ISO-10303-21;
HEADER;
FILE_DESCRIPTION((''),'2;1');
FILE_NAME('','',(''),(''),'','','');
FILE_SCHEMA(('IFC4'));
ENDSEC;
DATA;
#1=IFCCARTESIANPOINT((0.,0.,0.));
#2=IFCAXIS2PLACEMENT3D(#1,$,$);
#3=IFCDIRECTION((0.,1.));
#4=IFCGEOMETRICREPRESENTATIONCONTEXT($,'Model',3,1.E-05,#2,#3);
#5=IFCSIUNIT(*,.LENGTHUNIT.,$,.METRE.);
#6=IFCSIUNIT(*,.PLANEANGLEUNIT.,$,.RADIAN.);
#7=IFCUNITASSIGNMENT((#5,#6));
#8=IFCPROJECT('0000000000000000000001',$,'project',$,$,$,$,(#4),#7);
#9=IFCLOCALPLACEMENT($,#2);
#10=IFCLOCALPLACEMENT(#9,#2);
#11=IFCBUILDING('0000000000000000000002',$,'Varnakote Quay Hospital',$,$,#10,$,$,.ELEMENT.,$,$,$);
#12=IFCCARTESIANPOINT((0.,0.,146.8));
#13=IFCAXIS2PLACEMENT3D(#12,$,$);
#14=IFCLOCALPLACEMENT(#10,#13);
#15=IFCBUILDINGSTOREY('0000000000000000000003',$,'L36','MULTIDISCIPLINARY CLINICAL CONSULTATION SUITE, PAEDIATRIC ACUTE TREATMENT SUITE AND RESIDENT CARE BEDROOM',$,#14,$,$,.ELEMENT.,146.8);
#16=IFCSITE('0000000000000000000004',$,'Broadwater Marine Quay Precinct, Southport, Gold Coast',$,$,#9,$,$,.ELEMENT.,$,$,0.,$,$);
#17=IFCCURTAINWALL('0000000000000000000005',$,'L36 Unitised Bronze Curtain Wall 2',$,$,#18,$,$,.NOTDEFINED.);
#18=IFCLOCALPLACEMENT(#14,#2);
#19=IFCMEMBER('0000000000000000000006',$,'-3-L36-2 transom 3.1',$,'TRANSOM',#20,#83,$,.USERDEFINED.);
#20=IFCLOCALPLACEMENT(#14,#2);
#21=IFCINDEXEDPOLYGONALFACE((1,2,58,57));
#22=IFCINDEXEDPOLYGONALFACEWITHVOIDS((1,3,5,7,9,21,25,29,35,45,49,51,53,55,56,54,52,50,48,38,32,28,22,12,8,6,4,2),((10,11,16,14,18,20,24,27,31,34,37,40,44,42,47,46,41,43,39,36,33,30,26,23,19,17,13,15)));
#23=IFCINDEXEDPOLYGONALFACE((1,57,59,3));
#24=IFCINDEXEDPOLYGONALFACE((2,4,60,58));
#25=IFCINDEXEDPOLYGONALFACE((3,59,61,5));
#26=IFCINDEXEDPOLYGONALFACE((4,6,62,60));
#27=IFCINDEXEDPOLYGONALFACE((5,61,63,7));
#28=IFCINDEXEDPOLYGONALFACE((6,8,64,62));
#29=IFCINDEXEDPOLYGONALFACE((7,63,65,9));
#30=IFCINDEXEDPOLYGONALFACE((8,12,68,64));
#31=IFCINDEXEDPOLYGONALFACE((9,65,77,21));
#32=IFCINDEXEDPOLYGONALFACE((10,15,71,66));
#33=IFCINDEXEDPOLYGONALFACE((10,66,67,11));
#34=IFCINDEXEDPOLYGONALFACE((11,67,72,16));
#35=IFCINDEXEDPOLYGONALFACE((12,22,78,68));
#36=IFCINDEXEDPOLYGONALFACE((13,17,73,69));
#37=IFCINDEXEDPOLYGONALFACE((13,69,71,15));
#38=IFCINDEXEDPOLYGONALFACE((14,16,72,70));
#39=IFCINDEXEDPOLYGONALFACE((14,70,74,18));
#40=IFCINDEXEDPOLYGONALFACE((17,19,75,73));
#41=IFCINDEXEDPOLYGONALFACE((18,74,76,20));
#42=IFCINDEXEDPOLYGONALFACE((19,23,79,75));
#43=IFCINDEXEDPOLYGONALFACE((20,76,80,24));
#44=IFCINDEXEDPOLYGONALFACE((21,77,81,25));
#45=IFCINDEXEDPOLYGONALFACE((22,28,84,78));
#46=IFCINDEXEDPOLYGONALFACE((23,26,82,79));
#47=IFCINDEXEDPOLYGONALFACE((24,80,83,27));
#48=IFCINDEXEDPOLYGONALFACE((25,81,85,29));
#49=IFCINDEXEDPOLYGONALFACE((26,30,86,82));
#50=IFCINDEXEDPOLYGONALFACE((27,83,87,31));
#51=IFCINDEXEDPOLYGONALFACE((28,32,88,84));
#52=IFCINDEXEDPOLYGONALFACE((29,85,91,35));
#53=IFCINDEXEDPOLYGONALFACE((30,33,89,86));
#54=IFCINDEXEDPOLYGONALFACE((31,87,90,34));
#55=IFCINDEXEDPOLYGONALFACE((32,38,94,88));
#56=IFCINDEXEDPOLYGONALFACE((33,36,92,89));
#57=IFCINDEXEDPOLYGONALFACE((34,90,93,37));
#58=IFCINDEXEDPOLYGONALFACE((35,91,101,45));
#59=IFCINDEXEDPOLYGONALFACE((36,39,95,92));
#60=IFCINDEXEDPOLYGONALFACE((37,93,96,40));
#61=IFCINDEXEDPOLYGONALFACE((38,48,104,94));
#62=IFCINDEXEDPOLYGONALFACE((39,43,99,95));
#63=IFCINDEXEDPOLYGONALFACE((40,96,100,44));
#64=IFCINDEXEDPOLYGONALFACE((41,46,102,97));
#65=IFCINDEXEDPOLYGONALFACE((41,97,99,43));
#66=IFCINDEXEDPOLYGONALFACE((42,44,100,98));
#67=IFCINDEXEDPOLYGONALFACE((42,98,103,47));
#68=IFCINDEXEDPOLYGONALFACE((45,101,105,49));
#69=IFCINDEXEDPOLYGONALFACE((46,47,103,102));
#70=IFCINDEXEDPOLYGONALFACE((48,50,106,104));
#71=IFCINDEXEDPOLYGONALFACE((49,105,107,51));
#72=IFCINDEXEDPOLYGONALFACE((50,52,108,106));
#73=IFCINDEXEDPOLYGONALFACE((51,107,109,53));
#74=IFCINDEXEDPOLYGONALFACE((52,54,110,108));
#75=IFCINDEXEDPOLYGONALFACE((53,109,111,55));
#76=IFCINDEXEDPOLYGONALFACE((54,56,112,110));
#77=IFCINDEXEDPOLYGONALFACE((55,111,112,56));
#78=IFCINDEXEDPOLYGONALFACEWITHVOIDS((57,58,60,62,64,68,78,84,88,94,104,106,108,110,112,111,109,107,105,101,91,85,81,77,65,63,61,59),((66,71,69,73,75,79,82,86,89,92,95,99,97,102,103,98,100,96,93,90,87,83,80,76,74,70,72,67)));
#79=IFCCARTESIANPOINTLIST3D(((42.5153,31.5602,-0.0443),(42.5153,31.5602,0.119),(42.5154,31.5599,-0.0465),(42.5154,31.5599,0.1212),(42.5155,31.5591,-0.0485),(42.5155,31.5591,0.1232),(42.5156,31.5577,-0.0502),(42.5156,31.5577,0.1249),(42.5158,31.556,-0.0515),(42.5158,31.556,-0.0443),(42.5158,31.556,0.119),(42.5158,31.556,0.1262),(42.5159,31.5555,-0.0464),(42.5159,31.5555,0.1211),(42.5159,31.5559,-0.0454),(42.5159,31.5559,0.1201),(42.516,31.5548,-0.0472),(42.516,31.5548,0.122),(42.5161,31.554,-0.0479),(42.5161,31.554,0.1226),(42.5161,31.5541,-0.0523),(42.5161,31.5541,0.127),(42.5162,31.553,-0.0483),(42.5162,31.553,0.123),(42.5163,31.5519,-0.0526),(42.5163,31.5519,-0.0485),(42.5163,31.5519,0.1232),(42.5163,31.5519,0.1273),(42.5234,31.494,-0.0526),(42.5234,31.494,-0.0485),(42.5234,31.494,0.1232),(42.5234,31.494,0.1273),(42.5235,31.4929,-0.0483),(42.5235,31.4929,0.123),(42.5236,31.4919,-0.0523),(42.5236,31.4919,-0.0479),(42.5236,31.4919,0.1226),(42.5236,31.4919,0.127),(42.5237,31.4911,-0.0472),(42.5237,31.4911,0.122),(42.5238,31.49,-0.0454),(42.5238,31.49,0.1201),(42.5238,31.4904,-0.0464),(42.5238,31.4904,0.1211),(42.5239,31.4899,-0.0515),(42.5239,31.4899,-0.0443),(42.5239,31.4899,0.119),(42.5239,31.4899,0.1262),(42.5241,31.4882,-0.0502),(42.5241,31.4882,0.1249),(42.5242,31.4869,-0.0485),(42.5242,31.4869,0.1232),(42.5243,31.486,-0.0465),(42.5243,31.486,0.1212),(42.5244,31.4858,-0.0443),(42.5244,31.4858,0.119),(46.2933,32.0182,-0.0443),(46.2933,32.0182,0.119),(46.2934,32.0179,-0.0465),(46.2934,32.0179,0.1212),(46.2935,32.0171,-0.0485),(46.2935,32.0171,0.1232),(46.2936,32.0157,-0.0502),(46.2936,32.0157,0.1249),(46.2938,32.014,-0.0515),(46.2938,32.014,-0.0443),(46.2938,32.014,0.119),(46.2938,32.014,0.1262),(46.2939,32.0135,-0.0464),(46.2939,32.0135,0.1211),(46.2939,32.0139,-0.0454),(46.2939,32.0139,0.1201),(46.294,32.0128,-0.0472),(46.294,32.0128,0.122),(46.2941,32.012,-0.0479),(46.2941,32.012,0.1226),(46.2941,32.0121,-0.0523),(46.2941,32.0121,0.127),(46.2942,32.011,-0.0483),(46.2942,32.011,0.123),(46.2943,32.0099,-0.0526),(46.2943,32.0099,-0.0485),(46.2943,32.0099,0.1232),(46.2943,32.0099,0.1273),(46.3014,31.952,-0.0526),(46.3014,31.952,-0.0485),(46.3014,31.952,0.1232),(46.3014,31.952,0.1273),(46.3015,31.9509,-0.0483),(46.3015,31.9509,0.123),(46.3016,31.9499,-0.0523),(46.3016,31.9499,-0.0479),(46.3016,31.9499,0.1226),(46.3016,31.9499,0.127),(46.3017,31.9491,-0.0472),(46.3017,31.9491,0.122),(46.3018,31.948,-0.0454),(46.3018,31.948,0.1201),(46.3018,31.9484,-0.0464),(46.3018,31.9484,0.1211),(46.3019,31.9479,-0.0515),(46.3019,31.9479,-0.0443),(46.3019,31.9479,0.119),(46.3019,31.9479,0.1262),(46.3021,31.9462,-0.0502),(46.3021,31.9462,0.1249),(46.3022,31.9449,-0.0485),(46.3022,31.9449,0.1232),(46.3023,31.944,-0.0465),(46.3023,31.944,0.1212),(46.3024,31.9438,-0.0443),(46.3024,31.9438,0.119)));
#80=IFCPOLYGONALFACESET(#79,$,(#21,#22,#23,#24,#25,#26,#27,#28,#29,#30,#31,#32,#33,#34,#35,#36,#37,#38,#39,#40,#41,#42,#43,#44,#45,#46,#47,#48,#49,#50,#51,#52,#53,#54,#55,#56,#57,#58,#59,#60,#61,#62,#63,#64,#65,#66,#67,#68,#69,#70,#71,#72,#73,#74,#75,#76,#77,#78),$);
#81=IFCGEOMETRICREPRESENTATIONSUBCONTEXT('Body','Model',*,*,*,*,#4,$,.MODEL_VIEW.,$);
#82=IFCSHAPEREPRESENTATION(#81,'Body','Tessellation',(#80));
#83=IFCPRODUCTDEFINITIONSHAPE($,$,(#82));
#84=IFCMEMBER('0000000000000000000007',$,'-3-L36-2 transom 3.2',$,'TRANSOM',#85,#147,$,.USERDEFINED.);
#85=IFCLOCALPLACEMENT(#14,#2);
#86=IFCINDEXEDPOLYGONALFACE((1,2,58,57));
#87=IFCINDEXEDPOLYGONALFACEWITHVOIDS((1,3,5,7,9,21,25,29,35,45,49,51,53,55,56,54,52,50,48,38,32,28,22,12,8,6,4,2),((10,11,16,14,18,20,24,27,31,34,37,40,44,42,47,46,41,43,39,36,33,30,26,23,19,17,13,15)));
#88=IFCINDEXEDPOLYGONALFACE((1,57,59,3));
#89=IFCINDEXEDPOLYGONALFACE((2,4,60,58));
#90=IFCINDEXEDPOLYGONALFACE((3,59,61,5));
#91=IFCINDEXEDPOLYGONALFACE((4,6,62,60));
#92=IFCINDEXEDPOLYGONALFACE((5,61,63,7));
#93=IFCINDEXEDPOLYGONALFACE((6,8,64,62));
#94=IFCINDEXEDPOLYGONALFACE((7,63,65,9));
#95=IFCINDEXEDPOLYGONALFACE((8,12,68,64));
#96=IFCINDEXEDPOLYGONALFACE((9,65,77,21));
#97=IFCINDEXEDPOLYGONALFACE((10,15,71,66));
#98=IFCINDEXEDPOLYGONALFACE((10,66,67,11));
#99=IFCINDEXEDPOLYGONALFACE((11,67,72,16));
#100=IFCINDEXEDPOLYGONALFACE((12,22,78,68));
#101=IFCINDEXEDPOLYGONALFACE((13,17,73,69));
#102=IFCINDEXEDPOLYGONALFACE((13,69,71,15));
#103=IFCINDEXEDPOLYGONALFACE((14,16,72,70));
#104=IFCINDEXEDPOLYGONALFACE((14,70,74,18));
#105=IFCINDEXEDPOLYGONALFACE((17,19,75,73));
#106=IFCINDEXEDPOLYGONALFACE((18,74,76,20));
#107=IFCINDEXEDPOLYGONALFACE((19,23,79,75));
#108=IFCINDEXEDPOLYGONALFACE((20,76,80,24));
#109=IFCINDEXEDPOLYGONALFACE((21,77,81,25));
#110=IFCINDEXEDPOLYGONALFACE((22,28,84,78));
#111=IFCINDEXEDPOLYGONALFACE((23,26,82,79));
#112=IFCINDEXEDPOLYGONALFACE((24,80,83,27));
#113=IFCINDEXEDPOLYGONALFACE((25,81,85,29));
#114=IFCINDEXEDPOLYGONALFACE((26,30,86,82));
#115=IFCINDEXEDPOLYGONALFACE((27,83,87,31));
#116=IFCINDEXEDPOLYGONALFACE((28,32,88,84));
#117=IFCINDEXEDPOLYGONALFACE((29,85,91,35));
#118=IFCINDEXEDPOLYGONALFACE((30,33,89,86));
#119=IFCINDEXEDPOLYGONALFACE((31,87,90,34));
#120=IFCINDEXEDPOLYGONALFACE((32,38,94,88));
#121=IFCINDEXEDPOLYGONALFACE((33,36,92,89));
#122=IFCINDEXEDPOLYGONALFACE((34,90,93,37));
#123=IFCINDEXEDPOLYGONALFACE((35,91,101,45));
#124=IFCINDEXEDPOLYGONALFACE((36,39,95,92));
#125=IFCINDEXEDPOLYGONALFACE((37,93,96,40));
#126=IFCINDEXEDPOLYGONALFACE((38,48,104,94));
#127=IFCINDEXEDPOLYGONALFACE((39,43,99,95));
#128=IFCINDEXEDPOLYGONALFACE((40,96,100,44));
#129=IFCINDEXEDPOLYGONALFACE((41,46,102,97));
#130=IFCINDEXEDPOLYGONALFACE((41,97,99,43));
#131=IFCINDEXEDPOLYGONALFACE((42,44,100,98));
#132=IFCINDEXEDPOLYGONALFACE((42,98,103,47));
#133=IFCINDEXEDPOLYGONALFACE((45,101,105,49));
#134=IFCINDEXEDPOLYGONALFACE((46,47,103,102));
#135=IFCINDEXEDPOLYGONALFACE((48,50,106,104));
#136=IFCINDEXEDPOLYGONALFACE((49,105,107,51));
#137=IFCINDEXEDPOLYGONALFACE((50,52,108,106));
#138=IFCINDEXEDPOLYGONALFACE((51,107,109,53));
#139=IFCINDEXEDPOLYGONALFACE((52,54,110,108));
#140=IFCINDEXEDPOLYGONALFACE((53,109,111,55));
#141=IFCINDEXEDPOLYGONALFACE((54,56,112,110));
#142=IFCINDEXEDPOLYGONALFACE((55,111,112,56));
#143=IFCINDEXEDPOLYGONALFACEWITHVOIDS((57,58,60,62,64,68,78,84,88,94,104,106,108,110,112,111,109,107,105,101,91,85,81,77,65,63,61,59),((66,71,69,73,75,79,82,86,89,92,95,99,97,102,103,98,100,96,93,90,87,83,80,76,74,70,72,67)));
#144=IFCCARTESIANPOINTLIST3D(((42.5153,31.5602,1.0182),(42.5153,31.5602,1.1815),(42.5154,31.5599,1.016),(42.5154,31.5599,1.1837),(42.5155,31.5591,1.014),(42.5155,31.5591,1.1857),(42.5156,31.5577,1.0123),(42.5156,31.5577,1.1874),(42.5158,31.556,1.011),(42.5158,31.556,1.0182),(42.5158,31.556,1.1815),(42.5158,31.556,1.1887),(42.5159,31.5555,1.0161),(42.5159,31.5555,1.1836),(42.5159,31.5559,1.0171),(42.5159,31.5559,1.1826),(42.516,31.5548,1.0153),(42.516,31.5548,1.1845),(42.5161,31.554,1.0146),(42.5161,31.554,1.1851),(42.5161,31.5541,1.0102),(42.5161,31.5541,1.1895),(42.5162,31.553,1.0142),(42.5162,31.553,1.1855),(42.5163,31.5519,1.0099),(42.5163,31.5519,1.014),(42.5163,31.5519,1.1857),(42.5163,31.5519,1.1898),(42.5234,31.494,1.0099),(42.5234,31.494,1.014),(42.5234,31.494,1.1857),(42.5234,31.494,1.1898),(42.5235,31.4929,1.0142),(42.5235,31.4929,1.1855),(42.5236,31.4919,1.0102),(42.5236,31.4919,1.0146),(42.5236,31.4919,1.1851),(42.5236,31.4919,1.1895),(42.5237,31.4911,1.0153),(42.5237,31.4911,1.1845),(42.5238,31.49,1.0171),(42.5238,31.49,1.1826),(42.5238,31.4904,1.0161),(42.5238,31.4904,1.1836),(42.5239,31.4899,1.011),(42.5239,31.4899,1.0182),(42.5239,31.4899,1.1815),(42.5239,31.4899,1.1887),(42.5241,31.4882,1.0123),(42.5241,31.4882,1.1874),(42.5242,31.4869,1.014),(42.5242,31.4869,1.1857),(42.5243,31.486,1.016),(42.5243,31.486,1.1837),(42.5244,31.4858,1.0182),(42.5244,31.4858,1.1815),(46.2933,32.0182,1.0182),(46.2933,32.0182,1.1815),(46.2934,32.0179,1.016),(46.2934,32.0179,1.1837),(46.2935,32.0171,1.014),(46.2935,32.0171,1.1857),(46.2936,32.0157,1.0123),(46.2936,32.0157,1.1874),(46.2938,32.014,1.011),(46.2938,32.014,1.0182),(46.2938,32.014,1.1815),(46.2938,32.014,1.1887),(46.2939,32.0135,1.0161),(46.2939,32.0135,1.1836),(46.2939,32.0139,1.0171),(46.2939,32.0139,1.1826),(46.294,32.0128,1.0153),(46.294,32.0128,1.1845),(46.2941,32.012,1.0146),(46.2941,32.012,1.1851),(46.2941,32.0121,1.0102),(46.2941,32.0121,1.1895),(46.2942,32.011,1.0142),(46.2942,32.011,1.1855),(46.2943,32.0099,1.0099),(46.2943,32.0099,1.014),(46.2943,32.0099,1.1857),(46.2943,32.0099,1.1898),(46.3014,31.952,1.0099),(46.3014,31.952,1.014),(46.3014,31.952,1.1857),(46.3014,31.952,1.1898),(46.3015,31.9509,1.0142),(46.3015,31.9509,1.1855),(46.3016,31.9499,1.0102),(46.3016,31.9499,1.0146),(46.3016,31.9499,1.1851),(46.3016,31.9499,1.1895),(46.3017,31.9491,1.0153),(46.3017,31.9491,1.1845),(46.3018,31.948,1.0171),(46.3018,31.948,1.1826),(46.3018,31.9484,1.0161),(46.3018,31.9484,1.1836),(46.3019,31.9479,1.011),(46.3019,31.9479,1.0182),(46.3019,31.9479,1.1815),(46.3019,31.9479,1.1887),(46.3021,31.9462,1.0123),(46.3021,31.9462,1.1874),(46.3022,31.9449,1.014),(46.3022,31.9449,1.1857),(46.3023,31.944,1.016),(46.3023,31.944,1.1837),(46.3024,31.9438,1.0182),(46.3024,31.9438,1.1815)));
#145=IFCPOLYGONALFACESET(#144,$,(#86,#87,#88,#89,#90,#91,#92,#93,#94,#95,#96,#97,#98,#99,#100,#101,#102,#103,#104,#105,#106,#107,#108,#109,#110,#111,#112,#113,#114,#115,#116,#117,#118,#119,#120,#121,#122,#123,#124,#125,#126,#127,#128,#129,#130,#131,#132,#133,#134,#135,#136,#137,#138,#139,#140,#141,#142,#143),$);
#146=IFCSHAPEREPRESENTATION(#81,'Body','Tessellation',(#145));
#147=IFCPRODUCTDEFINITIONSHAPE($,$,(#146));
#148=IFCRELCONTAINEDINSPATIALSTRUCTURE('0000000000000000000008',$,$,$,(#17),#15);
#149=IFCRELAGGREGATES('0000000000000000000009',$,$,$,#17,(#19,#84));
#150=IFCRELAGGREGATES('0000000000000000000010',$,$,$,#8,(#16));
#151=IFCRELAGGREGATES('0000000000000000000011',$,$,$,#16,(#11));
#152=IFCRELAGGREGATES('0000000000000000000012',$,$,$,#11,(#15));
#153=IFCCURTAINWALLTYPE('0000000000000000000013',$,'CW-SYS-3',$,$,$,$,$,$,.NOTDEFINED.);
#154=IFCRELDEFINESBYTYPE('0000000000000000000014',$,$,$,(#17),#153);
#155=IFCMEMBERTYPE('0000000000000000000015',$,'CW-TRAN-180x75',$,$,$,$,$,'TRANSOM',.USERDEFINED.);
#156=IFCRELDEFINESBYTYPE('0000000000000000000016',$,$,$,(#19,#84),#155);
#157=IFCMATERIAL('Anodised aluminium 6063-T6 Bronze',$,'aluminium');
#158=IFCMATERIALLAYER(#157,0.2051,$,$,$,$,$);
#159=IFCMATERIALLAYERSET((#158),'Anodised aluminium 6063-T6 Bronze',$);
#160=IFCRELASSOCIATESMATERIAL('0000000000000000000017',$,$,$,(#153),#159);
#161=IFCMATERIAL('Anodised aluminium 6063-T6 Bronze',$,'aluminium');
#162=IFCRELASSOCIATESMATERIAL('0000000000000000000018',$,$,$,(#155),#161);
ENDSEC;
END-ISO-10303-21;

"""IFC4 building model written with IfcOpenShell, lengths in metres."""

from ifc_helpers import new_model, si_unit, direction, frame, origin, origin_2d, place, context, subcontext, project, spatial, hollow_rectangle, extrude, material, layer, layer_set, material_profile, profile_set, type_object, element, aggregate, save


model = new_model("IFC4")

# Units and contexts
model_context = context("Model", 3, precision=1e-05, world=origin(), true_north=direction((0.0, 1.0)))
body_context = subcontext(model_context, "Body", "Model", "MODEL_VIEW")
ifc_project = project(units=[si_unit("LENGTHUNIT", "METRE"), si_unit("PLANEANGLEUNIT", "RADIAN")], contexts=[model_context])

# Site, building, storey
site_placement = place(None, origin())
site = spatial("IfcSite", under=ifc_project, at=site_placement, Name="Broadwater Marine Quay Precinct, Southport, Gold Coast", CompositionType="ELEMENT", RefElevation=0.0)
building_placement = place(site_placement, origin())
building = spatial("IfcBuilding", under=site, at=building_placement, Name="Varnakote Quay Hospital", CompositionType="ELEMENT")
storey_placement = place(building_placement, frame((0.0, 0.0, 146.8)))
storey = spatial("IfcBuildingStorey", under=building, at=storey_placement, Name="L36", Description="MULTIDISCIPLINARY CLINICAL CONSULTATION SUITE, PAEDIATRIC ACUTE TREATMENT SUITE AND RESIDENT CARE BEDROOM", CompositionType="ELEMENT", Elevation=146.8)

# Curtain wall, members
ifc_material_1 = material(Name="Anodised aluminium 6063-T6 Bronze", Category="aluminium")
ifc_layer_1 = layer(ifc_material_1, 0.2051)
ifc_layer_set_1 = layer_set([ifc_layer_1], Name="Anodised aluminium 6063-T6 Bronze")
curtain_wall_type = type_object("IfcCurtainWallType", Name="CW-SYS-3", PredefinedType="NOTDEFINED", material=ifc_layer_set_1)
curtain_wall_placement = place(storey_placement, origin())
curtain_wall = element("IfcCurtainWall", 1, at=curtain_wall_placement, inside=storey, type_object=curtain_wall_type, Name="L36 Unitised Bronze Curtain Wall 2", PredefinedType="NOTDEFINED")
ifc_material_2 = material(Name="Anodised aluminium 6063-T6 Bronze", Category="aluminium")
ifc_material_profile_1 = material_profile(ifc_material_2, hollow_rectangle(XDim=0.075, YDim=0.1799, WallThickness=0.0042, InnerFilletRadius=0.0042, OuterFilletRadius=0.0083, at=origin_2d()), Name="CW-TRAN-180x75")
ifc_profile_set_1 = profile_set([ifc_material_profile_1], Name="Anodised aluminium 6063-T6 Bronze")
member_type_1 = type_object("IfcMemberType", Name="CW-TRAN-180x75", ElementType="TRANSOM", PredefinedType="USERDEFINED", material=ifc_profile_set_1)
member_1_placement = place(storey_placement, frame((46.2979, 31.981, 0.0374), z_axis=(-0.992732, -0.120347, 0.0), x_axis=(0.120347, -0.992732, 0.0)))
member_1 = element("IfcMember", 2, at=member_1_placement, type_object=member_type_1, Name="-3-L36-2 transom 3.1", ObjectType="TRANSOM", PredefinedType="USERDEFINED", context=body_context, shape_type="SweptSolid", body=[
    extrude(hollow_rectangle(XDim=0.075, YDim=0.1799, WallThickness=0.0042, InnerFilletRadius=0.0042, OuterFilletRadius=0.0083, at=origin_2d()), origin(), (0.0, 0.0, 1.0), 3.8057),
])
member_2_placement = place(storey_placement, frame((46.2979, 31.981, 1.0999), z_axis=(-0.992732, -0.120347, 0.0), x_axis=(0.120347, -0.992732, 0.0)))
member_2 = element("IfcMember", 3, at=member_2_placement, type_object=member_type_1, Name="-3-L36-2 transom 3.2", ObjectType="TRANSOM", PredefinedType="USERDEFINED", context=body_context, shape_type="SweptSolid", body=[
    extrude(hollow_rectangle(XDim=0.075, YDim=0.1799, WallThickness=0.0042, InnerFilletRadius=0.0042, OuterFilletRadius=0.0083, at=origin_2d()), origin(), (0.0, 0.0, 1.0), 3.8057),
])
aggregate(curtain_wall, [member_1, member_2])

save(model, "model.ifc")
